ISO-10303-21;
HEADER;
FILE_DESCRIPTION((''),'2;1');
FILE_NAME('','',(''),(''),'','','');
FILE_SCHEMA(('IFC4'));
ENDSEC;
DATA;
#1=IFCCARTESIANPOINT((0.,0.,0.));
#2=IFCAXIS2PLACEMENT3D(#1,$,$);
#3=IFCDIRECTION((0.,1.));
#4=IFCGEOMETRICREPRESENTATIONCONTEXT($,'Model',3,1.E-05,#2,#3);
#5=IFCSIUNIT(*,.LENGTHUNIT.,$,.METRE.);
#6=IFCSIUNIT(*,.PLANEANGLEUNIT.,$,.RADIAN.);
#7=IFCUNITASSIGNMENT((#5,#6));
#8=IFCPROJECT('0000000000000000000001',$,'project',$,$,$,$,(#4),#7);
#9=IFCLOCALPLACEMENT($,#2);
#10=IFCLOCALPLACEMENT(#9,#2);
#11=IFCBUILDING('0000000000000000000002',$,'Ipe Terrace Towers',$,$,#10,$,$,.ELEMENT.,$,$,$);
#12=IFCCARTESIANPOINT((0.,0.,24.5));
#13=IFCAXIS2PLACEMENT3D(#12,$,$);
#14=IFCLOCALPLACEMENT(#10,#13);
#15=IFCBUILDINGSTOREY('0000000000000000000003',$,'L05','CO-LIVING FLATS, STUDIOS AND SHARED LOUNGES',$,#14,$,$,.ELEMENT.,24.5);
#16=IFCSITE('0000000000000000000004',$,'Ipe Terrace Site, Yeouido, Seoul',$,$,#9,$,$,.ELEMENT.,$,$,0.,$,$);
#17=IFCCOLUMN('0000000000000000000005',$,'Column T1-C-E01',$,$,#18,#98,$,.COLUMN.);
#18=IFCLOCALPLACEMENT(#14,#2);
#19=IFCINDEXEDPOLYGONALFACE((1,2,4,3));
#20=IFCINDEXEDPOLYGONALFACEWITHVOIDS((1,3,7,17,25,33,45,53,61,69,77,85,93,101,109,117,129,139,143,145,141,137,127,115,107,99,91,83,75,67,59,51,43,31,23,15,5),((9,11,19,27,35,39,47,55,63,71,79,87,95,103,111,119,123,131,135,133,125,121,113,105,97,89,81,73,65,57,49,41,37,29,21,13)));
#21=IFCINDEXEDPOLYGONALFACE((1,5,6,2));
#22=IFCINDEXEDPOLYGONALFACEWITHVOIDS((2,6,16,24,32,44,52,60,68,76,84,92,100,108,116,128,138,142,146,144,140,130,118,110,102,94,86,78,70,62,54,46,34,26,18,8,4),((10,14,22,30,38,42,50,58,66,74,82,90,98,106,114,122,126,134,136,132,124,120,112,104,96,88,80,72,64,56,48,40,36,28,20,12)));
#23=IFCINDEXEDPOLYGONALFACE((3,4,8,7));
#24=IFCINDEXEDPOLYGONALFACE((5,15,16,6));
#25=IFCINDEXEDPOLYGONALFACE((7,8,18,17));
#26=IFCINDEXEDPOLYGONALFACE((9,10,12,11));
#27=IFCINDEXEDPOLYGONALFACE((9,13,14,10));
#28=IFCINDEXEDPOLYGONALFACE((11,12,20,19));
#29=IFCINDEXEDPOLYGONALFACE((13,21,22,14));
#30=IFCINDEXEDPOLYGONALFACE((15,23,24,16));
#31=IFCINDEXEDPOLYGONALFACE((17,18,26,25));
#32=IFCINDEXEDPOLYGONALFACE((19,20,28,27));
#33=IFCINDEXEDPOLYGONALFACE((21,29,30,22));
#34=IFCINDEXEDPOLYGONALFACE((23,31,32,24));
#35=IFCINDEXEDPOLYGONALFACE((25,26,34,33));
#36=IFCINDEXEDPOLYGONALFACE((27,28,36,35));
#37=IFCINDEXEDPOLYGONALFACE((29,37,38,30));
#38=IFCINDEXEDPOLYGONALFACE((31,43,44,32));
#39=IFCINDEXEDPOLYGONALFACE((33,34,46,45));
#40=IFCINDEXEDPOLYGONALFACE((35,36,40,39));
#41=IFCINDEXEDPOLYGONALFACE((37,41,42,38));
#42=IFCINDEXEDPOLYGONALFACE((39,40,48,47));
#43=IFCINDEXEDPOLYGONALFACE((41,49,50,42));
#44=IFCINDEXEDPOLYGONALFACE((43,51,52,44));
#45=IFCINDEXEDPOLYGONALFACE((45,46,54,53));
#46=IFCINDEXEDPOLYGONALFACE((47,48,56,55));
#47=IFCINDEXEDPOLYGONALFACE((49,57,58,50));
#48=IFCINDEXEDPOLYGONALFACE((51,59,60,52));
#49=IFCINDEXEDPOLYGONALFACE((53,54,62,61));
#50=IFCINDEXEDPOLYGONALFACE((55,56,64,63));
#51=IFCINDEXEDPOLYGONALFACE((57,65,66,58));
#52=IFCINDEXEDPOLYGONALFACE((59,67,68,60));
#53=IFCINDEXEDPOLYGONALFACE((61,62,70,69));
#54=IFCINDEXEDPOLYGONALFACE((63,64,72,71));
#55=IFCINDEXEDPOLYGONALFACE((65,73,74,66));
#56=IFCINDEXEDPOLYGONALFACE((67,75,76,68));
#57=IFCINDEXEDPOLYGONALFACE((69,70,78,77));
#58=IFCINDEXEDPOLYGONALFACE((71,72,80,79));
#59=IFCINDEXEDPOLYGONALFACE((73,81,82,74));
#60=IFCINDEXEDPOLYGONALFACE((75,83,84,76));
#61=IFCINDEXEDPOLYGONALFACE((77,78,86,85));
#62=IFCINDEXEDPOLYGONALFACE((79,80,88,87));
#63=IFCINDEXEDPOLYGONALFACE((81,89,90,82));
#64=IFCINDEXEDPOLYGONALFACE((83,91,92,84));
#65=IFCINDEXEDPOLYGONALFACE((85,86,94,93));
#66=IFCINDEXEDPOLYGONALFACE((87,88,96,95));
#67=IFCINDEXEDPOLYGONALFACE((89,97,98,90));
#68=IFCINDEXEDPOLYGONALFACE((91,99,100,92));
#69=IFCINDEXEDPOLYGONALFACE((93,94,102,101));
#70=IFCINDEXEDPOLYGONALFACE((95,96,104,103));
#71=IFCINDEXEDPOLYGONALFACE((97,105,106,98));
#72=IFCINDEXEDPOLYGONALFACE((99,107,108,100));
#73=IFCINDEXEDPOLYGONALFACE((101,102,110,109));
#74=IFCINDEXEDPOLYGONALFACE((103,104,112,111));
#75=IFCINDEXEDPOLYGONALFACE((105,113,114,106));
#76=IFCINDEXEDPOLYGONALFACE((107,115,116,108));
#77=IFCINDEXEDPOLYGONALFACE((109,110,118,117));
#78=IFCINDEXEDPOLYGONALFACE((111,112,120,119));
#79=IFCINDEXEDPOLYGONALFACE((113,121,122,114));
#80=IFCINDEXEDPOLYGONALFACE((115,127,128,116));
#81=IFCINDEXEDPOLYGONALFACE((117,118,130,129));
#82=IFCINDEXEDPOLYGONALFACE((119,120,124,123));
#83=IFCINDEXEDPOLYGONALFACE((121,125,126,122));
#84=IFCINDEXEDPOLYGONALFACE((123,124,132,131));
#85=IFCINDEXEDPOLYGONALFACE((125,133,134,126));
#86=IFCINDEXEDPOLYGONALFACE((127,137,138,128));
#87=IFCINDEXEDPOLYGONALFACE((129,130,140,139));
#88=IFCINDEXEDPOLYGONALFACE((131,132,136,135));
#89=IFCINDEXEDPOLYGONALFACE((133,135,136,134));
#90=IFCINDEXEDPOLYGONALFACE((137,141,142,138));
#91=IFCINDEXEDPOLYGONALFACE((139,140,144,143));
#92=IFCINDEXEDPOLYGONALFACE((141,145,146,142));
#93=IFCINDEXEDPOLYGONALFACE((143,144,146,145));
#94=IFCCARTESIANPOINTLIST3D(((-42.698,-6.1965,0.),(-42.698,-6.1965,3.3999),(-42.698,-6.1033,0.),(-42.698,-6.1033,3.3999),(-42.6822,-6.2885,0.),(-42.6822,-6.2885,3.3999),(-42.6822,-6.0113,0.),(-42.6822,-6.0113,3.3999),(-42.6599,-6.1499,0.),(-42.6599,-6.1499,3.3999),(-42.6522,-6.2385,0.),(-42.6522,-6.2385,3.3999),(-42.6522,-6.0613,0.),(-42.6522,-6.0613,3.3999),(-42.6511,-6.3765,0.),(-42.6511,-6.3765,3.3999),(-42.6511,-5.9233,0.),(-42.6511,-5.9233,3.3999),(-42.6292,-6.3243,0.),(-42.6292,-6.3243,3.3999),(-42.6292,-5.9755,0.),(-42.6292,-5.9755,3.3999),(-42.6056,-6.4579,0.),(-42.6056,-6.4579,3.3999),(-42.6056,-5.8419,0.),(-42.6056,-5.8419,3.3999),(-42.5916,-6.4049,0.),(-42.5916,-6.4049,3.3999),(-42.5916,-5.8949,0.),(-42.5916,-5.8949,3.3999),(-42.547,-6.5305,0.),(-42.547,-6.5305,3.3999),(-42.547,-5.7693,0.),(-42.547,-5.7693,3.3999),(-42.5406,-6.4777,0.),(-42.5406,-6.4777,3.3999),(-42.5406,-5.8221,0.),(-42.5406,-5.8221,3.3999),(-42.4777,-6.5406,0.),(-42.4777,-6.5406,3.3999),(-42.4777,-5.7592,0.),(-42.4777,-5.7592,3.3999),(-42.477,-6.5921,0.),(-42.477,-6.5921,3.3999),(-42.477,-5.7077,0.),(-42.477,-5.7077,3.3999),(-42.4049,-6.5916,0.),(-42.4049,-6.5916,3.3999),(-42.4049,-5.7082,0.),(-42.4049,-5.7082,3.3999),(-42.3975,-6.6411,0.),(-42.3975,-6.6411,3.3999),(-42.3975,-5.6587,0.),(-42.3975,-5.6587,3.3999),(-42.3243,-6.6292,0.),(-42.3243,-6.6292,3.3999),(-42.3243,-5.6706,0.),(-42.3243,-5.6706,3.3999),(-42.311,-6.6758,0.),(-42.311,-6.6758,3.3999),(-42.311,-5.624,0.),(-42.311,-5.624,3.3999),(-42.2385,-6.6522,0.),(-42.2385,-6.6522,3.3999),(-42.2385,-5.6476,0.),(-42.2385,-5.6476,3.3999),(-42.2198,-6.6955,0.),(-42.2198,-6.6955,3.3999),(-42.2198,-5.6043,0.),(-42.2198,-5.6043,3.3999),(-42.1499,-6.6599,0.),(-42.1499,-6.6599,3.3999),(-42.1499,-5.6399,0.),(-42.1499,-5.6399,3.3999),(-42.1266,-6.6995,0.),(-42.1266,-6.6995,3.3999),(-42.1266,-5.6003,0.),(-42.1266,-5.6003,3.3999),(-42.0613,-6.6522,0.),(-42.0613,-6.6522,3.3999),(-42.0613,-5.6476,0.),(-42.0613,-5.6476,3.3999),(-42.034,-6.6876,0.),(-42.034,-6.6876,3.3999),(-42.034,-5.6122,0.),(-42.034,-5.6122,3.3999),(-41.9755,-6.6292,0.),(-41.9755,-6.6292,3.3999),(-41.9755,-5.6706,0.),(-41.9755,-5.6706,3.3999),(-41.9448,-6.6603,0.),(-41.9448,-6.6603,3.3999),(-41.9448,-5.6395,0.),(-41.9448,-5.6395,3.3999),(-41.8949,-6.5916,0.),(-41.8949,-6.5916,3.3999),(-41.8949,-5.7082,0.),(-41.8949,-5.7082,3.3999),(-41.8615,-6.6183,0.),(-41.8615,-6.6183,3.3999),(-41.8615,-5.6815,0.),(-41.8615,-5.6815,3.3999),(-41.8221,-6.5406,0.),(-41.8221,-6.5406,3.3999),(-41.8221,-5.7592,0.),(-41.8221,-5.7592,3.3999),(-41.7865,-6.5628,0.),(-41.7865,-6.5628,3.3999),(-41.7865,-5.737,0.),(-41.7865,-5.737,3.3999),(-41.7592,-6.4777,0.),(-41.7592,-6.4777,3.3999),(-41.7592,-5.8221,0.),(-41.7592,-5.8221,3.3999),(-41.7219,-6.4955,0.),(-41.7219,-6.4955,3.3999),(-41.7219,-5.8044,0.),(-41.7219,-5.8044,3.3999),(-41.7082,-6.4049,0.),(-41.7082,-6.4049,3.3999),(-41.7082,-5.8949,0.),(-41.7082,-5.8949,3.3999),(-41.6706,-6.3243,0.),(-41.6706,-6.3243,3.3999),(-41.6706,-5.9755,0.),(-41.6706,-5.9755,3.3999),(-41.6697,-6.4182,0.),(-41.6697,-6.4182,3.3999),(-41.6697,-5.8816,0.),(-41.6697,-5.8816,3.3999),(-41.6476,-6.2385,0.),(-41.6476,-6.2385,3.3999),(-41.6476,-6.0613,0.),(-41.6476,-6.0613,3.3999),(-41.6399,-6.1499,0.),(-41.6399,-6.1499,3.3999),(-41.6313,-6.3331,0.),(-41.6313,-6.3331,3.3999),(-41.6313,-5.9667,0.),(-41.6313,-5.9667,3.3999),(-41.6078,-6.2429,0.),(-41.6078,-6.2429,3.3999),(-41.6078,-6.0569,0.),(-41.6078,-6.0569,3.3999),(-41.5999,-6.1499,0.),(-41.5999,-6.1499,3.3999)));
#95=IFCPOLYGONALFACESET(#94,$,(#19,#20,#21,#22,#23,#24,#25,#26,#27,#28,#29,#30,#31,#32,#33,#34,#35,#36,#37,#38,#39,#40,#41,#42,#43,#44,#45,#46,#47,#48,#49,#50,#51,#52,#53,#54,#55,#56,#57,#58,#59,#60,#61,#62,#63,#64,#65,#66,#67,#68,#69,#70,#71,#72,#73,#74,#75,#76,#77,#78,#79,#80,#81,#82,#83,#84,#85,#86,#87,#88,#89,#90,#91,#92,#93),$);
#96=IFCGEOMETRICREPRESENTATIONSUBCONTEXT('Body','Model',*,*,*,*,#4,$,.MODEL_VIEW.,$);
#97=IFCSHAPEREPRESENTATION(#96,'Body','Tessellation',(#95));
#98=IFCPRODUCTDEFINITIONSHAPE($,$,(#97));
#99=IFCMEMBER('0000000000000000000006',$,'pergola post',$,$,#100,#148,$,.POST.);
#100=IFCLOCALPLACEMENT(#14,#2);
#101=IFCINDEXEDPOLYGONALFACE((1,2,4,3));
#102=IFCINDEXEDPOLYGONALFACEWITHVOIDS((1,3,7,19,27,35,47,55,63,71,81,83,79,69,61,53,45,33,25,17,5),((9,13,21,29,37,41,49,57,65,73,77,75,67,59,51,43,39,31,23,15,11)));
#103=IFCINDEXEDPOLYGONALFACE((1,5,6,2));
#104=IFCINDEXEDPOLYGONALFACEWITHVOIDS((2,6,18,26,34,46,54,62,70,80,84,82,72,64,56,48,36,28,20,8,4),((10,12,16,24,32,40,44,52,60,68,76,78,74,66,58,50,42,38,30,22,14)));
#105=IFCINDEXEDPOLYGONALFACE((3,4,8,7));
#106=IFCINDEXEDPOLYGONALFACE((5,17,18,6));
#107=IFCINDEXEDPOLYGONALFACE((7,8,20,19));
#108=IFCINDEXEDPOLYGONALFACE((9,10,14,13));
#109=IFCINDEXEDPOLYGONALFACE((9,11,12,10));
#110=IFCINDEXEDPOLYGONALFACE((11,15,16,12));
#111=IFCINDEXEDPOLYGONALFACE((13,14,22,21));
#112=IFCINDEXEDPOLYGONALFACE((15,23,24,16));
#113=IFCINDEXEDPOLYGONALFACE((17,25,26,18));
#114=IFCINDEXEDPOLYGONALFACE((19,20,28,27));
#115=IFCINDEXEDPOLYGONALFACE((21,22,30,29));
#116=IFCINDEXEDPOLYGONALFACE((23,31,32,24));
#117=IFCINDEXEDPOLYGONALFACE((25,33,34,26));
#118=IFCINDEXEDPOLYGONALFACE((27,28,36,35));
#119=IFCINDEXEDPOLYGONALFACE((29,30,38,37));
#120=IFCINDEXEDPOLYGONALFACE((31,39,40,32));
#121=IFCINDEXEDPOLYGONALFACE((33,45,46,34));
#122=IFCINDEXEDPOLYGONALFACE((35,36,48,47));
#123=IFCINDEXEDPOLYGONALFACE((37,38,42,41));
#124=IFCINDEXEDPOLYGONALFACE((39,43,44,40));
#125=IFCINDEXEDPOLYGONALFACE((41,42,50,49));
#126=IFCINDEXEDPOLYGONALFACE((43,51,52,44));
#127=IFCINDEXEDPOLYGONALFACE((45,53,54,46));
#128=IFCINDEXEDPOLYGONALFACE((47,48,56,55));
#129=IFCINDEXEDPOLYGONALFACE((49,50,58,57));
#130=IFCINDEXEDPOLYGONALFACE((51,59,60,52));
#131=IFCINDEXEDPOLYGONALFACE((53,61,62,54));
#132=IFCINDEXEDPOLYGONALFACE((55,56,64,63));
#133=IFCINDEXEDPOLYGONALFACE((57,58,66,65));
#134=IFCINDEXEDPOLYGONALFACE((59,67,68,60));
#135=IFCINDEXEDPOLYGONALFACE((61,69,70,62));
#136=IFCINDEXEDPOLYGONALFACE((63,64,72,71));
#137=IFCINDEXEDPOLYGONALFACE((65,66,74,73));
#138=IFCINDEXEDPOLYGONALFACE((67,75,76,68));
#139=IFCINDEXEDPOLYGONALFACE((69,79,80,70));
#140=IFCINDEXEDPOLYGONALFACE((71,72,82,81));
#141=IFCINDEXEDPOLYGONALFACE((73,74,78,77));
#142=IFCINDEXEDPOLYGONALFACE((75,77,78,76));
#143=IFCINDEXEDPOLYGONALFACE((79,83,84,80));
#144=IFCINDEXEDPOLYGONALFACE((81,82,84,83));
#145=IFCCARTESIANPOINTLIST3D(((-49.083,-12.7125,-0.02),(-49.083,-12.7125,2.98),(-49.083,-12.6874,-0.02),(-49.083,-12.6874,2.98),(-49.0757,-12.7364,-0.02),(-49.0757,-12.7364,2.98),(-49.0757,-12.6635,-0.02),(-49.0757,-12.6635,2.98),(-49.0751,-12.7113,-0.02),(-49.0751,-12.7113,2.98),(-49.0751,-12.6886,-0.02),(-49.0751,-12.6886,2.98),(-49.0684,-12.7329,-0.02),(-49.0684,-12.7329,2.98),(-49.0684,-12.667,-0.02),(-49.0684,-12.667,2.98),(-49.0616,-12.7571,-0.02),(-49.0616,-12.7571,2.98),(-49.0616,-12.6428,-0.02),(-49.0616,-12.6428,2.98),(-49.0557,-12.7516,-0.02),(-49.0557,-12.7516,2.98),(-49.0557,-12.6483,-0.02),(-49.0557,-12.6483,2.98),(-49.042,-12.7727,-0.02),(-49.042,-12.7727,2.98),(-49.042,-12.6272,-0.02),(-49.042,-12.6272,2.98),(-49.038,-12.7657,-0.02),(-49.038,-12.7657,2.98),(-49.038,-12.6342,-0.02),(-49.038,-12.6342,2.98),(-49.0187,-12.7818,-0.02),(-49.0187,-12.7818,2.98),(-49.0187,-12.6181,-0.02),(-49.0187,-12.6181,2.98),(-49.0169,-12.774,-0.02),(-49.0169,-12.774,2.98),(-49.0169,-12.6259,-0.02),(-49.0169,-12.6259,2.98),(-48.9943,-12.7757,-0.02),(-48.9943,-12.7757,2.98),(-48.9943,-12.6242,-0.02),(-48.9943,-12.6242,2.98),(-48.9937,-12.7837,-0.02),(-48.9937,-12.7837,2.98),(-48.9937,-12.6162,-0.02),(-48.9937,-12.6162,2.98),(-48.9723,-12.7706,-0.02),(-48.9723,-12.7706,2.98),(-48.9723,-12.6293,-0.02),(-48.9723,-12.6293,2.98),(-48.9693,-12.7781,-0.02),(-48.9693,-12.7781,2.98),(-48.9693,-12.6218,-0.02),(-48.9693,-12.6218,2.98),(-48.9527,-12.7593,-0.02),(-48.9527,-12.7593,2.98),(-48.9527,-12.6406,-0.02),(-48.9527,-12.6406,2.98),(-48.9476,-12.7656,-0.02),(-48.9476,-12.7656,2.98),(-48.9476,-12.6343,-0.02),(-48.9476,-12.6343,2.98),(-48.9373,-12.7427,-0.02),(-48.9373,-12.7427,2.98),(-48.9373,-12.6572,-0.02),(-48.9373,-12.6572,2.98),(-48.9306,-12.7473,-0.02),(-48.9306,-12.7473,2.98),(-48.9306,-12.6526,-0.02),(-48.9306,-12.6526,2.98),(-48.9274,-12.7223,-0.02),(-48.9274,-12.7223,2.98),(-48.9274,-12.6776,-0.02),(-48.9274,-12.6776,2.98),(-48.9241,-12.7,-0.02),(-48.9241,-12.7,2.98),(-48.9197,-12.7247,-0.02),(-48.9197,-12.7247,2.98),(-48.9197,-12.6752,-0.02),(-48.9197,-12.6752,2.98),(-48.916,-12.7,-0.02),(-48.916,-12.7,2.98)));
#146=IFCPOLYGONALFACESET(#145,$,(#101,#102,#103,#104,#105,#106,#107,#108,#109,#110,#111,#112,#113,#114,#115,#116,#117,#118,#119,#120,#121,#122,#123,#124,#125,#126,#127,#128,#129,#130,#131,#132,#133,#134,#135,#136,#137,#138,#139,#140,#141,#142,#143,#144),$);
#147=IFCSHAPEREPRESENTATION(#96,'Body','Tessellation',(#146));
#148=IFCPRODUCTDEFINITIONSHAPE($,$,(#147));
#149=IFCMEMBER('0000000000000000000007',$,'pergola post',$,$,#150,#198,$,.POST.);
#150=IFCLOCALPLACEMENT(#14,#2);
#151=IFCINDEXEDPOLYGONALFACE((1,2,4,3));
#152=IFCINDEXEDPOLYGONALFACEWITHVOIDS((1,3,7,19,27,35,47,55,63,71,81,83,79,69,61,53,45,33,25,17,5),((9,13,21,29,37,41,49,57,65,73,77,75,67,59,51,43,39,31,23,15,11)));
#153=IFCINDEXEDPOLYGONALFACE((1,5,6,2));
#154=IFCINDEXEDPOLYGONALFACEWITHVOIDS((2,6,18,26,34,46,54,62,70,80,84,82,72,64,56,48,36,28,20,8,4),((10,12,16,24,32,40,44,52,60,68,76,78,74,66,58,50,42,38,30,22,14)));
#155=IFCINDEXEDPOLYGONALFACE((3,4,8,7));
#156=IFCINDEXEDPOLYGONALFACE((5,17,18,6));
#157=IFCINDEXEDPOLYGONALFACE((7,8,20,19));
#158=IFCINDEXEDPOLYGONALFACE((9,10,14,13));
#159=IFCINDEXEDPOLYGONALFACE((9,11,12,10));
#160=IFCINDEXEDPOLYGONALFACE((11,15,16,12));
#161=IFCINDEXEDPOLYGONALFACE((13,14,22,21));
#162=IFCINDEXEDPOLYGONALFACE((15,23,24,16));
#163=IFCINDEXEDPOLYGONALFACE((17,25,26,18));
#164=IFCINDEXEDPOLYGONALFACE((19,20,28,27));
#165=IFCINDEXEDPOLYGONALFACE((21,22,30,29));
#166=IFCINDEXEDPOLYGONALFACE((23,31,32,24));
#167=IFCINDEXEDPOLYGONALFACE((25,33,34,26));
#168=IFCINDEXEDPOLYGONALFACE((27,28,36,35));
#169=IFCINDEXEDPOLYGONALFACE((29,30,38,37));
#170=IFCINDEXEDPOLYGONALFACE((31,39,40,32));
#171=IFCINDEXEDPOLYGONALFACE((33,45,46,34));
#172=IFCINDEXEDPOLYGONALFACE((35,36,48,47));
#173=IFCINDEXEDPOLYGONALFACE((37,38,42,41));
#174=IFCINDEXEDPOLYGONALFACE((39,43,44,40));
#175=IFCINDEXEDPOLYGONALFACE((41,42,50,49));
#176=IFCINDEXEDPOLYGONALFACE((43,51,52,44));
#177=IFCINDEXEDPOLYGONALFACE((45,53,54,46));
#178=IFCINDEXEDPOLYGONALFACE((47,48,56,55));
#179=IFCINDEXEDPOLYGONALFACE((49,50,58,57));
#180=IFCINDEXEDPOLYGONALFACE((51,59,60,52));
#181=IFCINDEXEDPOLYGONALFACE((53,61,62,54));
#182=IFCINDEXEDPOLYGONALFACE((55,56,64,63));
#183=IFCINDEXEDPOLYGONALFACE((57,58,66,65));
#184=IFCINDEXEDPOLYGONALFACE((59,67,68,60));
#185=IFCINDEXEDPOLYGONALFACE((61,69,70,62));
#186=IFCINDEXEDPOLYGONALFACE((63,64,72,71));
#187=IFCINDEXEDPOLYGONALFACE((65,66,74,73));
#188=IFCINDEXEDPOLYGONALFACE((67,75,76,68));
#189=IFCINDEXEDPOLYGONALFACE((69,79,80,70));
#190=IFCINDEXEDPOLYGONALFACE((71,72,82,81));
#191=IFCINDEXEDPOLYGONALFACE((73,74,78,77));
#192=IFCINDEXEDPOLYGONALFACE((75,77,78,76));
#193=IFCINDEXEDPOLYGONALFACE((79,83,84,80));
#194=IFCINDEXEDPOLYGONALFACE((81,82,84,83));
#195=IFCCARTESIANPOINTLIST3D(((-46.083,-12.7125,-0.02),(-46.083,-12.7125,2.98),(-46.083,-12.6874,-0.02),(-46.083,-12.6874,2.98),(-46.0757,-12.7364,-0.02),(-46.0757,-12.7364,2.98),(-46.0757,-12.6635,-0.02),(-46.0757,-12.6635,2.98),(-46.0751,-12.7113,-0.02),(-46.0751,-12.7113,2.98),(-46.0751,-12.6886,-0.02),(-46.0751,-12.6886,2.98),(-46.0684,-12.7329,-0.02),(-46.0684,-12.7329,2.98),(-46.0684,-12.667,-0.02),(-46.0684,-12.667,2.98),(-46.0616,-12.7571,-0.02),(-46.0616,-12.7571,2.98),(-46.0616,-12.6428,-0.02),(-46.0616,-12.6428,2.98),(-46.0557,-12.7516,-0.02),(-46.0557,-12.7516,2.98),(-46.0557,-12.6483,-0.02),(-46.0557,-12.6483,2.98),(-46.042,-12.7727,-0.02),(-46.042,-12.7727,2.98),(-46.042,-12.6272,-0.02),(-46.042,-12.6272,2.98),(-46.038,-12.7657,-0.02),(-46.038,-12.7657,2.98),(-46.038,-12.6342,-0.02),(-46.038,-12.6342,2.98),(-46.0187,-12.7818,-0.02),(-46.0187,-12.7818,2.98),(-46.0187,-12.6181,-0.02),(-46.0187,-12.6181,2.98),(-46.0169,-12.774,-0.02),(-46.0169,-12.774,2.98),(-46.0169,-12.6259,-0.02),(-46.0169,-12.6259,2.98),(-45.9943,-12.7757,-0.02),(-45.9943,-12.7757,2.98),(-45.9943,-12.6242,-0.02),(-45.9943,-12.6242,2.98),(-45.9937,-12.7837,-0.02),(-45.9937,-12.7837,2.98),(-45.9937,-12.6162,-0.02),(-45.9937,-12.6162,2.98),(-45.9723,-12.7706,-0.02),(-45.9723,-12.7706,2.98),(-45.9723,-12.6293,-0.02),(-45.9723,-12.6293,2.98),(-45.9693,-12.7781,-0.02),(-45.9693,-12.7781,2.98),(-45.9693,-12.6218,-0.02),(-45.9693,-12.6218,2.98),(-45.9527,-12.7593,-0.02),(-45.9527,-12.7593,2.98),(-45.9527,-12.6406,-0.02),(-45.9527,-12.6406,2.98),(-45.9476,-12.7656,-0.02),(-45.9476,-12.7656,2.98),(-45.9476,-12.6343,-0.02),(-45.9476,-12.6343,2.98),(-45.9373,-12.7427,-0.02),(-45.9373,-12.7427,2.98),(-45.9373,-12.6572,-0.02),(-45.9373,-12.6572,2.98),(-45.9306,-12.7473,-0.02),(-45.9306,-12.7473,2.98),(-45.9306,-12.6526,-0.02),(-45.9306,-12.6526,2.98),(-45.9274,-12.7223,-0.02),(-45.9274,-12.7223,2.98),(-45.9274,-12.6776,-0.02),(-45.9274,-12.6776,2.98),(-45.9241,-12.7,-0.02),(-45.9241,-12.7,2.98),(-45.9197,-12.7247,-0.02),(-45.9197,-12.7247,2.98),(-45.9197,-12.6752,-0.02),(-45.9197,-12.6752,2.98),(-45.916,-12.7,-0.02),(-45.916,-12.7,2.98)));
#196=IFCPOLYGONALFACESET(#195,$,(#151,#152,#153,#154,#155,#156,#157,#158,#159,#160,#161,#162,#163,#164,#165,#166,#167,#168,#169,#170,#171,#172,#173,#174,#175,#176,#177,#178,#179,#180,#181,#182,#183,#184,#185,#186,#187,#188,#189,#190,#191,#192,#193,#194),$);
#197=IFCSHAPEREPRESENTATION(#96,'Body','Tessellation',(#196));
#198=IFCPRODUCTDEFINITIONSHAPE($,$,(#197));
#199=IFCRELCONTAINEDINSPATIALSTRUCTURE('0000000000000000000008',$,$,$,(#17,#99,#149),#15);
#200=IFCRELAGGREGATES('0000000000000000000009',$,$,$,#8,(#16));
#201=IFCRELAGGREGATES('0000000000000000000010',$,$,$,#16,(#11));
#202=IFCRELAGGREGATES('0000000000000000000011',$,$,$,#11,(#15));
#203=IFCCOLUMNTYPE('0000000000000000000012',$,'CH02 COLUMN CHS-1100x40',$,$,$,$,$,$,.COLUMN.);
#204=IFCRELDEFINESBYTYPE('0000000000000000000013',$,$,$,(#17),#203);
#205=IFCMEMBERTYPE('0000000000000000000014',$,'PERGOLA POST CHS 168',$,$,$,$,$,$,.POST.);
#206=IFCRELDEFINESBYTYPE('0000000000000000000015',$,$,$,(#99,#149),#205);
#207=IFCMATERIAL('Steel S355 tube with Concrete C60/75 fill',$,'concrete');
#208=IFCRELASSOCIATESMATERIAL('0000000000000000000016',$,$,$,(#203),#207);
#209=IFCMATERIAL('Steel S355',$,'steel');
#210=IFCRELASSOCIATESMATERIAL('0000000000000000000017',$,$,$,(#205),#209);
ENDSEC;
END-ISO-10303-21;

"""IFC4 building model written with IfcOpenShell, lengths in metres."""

from ifc_helpers import new_model, si_unit, direction, frame, origin, origin_2d, place, context, subcontext, project, spatial, hollow_circle, extrude, material, material_profile, profile_set, type_object, element, save


model = new_model("IFC4")

# Units and contexts
model_context = context("Model", 3, precision=1e-05, world=origin(), true_north=direction((0.0, 1.0)))
body_context = subcontext(model_context, "Body", "Model", "MODEL_VIEW")
ifc_project = project(units=[si_unit("LENGTHUNIT", "METRE"), si_unit("PLANEANGLEUNIT", "RADIAN")], contexts=[model_context])

# Site, building, storey
site_placement = place(None, origin())
site = spatial("IfcSite", under=ifc_project, at=site_placement, Name="Ipe Terrace Site, Yeouido, Seoul", CompositionType="ELEMENT", RefElevation=0.0)
building_placement = place(site_placement, origin())
building = spatial("IfcBuilding", under=site, at=building_placement, Name="Ipe Terrace Towers", CompositionType="ELEMENT")
storey_placement = place(building_placement, frame((0.0, 0.0, 24.5)))
storey = spatial("IfcBuildingStorey", under=building, at=storey_placement, Name="L05", Description="CO-LIVING FLATS, STUDIOS AND SHARED LOUNGES", CompositionType="ELEMENT", Elevation=24.5)

# Column
ifc_material_1 = material(Name="Steel S355 tube with Concrete C60/75 fill", Category="concrete")
ifc_material_profile_1 = material_profile(ifc_material_1, hollow_circle(Radius=0.55, WallThickness=0.04, at=origin_2d()), Name="CHS-1100x40")
ifc_profile_set_1 = profile_set([ifc_material_profile_1], Name="Steel S355 tube with Concrete C60/75 fill")
column_type = type_object("IfcColumnType", Name="CH02 COLUMN CHS-1100x40", PredefinedType="COLUMN", material=ifc_profile_set_1)
column_placement = place(storey_placement, frame((-42.1499, -6.1499, 0.0), z_axis=(0.0, 0.0, 1.0), x_axis=(1.0, 0.0, 0.0)))
element("IfcColumn", 1, at=column_placement, inside=storey, type_object=column_type, Name="Column T1-C-E01", PredefinedType="COLUMN", context=body_context, shape_type="SweptSolid", body=[
    extrude(hollow_circle(Radius=0.55, WallThickness=0.04, at=origin_2d()), origin(), (0.0, 0.0, 1.0), 3.3999),
])

# Members
ifc_material_2 = material(Name="Steel S355", Category="steel")
ifc_material_profile_2 = material_profile(ifc_material_2, hollow_circle(Radius=0.084, WallThickness=0.0081, at=origin_2d()), Name="PERGOLA POST CHS 168")
ifc_profile_set_2 = profile_set([ifc_material_profile_2], Name="Steel S355")
member_type_1 = type_object("IfcMemberType", Name="PERGOLA POST CHS 168", PredefinedType="POST", material=ifc_profile_set_2)
for number, where, z_axis, x_axis, name in (
    (2, (-49.0, -12.7, -0.02), (0.0, 0.0, 1.0), (1.0, 0.0, 0.0), "pergola post"),
    (3, (-46.0, -12.7, -0.02), (0.0, 0.0, 1.0), (1.0, 0.0, 0.0), "pergola post"),
):
    element("IfcMember", number, at=place(storey_placement, frame(where, z_axis=z_axis, x_axis=x_axis)), inside=storey, type_object=member_type_1, Name=name, PredefinedType="POST", context=body_context, shape_type="SweptSolid", body=[
        extrude(hollow_circle(Radius=0.084, WallThickness=0.0081, at=origin_2d()), origin(), (0.0, 0.0, 1.0), 3.0),
    ])

save(model, "model.ifc")
